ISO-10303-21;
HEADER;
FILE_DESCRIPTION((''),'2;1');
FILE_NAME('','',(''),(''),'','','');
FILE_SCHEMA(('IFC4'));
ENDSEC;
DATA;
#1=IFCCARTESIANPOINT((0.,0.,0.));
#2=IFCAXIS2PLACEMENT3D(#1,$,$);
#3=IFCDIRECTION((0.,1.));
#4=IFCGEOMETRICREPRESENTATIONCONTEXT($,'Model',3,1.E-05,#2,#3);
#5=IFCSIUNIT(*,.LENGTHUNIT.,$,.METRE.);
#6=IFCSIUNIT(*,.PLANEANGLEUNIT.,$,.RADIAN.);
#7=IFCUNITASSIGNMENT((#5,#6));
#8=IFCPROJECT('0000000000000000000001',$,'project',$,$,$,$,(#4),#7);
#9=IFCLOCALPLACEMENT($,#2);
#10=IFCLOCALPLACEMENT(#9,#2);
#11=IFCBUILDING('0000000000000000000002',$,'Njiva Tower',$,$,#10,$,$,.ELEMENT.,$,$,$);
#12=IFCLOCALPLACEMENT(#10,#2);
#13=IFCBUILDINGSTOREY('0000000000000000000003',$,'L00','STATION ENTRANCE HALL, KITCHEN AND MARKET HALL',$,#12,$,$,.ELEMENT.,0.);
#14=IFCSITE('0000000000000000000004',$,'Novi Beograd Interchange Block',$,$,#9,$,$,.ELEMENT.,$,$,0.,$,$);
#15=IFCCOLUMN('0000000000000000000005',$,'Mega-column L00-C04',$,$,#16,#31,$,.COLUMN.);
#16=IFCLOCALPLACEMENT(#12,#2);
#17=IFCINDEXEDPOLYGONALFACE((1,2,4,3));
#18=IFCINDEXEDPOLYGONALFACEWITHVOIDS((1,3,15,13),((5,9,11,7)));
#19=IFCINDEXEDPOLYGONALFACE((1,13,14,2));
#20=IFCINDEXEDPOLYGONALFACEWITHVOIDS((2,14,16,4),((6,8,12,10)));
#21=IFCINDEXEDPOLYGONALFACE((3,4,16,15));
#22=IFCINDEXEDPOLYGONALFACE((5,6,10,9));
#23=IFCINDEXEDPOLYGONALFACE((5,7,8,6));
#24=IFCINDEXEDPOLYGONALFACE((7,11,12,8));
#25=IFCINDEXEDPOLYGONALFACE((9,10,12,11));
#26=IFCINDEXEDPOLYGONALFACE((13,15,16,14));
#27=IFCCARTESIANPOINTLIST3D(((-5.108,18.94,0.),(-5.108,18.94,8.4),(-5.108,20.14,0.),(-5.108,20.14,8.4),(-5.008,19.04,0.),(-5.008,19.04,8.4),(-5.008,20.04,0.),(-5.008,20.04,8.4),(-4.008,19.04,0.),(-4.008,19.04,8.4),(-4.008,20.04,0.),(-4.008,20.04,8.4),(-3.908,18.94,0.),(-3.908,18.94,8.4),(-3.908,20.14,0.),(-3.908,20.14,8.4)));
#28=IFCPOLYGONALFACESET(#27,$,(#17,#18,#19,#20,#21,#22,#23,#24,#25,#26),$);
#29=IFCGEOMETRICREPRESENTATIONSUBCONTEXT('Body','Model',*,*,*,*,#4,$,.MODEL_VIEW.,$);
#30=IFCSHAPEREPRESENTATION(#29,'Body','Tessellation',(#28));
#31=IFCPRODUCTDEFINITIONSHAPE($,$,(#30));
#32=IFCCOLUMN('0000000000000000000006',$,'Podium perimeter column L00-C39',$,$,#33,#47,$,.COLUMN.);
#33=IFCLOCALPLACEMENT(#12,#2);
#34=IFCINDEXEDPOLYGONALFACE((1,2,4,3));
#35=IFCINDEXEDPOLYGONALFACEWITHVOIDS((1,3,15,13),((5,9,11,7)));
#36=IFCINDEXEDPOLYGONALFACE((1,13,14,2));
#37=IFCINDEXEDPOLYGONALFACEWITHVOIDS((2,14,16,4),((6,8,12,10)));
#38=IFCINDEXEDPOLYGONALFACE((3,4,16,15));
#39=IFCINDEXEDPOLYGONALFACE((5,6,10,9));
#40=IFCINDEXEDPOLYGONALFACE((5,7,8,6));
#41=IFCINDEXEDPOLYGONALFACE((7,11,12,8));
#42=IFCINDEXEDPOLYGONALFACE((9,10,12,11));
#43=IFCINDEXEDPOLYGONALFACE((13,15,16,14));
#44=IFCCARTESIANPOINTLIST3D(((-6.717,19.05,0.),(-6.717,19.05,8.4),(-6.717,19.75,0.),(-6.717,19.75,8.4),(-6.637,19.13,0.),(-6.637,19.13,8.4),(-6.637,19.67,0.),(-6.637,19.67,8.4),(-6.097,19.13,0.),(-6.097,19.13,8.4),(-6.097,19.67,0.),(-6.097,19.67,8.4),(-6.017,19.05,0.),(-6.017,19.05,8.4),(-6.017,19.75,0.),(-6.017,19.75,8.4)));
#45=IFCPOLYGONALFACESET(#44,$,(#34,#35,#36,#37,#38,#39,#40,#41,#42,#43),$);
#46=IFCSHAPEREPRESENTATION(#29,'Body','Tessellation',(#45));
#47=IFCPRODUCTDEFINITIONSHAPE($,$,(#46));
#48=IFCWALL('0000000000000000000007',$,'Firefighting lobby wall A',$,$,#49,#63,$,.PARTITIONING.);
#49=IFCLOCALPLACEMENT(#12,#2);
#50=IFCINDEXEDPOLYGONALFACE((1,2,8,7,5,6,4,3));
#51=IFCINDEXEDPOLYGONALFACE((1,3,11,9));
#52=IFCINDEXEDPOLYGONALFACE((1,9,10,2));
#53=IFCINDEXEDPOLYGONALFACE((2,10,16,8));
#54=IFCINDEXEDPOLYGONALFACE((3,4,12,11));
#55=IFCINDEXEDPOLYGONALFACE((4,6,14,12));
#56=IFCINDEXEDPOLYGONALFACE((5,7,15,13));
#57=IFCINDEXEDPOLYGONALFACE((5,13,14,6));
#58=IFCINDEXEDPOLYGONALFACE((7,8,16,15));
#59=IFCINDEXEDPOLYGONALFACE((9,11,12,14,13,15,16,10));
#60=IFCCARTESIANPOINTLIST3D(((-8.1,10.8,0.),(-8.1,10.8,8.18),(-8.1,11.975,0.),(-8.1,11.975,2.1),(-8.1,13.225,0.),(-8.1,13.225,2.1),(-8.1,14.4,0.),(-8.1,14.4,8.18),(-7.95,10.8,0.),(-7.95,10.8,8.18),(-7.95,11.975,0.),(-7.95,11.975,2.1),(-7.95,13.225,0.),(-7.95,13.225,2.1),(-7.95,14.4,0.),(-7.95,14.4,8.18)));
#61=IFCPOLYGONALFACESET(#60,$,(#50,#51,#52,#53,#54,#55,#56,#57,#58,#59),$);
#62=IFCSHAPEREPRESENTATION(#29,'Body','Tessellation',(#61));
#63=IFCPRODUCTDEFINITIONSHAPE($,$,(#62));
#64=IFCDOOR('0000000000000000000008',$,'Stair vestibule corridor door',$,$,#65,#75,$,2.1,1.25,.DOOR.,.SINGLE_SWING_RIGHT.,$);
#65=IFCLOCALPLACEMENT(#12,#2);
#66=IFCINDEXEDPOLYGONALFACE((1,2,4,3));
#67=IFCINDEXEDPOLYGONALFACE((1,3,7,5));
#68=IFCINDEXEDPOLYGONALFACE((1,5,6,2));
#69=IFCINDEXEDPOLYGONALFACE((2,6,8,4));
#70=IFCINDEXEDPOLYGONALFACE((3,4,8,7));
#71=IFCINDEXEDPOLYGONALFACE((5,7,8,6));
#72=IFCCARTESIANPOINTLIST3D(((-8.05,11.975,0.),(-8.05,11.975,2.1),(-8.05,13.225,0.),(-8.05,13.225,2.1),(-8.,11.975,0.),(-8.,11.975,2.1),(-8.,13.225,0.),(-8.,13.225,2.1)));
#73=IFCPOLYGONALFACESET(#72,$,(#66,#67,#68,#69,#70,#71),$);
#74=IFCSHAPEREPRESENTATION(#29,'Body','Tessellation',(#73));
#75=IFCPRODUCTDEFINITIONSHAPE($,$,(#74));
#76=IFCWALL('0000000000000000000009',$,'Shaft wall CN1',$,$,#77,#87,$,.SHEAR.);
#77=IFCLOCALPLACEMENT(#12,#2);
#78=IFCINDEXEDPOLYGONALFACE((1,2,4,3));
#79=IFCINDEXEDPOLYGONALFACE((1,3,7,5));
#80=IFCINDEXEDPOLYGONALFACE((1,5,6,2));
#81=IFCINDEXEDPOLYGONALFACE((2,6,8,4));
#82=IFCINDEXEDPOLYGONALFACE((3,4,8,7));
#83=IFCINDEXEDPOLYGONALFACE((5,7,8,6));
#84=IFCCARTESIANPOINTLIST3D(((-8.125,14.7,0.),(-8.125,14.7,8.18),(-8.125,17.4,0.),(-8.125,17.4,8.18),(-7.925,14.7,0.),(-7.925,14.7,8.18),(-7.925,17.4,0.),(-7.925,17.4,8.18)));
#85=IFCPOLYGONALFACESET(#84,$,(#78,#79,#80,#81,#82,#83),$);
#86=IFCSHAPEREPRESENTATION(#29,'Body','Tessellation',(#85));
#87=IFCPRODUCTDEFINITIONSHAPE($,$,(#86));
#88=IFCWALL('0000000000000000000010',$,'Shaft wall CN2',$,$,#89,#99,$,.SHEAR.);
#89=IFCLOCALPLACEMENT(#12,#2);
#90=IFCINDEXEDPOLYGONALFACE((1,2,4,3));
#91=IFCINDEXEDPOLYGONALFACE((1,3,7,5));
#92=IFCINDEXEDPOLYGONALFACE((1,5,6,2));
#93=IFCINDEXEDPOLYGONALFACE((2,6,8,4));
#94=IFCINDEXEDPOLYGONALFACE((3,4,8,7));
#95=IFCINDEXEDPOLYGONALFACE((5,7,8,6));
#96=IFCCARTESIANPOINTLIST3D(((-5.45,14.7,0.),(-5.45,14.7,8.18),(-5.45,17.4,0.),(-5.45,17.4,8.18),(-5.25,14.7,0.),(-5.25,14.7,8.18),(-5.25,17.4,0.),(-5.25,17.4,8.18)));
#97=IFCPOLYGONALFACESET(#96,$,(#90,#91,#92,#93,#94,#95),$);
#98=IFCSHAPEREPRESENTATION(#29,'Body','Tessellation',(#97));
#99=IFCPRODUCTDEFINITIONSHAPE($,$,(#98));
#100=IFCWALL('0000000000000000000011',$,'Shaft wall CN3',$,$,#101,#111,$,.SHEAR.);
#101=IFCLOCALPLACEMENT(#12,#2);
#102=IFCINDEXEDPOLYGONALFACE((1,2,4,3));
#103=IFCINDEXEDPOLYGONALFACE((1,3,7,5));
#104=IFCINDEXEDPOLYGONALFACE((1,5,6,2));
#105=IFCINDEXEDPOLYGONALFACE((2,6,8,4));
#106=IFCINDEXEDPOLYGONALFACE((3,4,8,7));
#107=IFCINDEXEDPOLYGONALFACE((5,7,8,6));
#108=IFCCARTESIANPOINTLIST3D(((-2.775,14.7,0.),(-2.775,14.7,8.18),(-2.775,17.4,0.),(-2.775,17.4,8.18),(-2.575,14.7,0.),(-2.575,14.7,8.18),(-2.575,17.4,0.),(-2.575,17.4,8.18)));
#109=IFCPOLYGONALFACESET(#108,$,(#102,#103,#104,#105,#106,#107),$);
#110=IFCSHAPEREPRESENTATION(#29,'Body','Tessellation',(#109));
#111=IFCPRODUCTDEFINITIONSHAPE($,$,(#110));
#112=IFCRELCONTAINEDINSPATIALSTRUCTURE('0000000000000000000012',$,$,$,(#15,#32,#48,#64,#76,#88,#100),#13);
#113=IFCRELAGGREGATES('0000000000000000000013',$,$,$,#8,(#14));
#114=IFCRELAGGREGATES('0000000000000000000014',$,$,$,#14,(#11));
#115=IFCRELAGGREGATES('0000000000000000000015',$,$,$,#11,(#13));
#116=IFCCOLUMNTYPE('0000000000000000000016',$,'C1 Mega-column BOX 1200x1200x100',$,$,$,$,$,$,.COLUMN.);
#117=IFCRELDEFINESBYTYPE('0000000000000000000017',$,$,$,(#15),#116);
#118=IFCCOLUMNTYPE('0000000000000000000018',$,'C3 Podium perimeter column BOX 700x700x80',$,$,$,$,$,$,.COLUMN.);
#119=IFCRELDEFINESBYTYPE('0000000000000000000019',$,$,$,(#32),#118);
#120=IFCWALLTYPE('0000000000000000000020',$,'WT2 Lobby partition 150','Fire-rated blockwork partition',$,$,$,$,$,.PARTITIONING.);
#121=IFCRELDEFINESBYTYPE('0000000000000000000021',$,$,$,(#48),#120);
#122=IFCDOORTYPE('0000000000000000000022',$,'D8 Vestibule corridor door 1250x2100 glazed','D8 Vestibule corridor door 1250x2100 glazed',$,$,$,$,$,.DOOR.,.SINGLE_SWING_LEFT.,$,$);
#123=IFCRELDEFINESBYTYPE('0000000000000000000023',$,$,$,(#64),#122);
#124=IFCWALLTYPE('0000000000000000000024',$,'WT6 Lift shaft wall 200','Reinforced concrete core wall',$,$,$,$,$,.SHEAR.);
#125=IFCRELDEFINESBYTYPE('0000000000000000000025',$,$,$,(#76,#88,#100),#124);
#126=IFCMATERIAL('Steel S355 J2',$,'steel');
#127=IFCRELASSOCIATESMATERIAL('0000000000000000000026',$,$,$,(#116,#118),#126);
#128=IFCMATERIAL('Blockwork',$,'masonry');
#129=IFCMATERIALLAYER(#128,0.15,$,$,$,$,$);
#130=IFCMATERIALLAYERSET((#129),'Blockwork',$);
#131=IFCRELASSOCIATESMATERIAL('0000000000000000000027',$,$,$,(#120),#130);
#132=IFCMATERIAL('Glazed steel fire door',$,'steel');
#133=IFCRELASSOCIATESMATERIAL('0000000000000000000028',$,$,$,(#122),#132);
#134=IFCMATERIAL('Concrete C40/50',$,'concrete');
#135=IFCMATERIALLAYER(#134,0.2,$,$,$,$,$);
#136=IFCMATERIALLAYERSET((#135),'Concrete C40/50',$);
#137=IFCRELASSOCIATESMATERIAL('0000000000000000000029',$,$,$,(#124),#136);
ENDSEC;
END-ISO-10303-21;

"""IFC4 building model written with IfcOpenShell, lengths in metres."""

from ifc_helpers import new_model, si_unit, direction, frame, frame_2d, origin, origin_2d, place, context, subcontext, project, spatial, rectangle, hollow_rectangle, extrude, material, layer, layer_set, material_profile, profile_set, type_object, element, fill, save


model = new_model("IFC4")

# Units and contexts
model_context = context("Model", 3, precision=1e-05, world=origin(), true_north=direction((0.0, 1.0)))
body_context = subcontext(model_context, "Body", "Model", "MODEL_VIEW")
ifc_project = project(units=[si_unit("LENGTHUNIT", "METRE"), si_unit("PLANEANGLEUNIT", "RADIAN")], contexts=[model_context])

# Site, building, storey
site_placement = place(None, origin())
site = spatial("IfcSite", under=ifc_project, at=site_placement, Name="Novi Beograd Interchange Block", CompositionType="ELEMENT", RefElevation=0.0)
building_placement = place(site_placement, origin())
building = spatial("IfcBuilding", under=site, at=building_placement, Name="Njiva Tower", CompositionType="ELEMENT")
storey_placement = place(building_placement, origin())
storey = spatial("IfcBuildingStorey", under=building, at=storey_placement, Name="L00", Description="STATION ENTRANCE HALL, KITCHEN AND MARKET HALL", CompositionType="ELEMENT", Elevation=0.0)

# Columns
ifc_material_1 = material(Name="Steel S355 J2", Category="steel")
ifc_material_profile_1 = material_profile(ifc_material_1, hollow_rectangle(XDim=1.2, YDim=1.2, WallThickness=0.1, at=origin_2d()), Name="BOX 1200x1200x100")
ifc_profile_set_1 = profile_set([ifc_material_profile_1], Name="Steel S355 J2")
column_type_1 = type_object("IfcColumnType", Name="C1 Mega-column BOX 1200x1200x100", PredefinedType="COLUMN", material=ifc_profile_set_1)
column_1_placement = place(storey_placement, frame((-4.508, 19.54, 0.0), z_axis=(0.0, 0.0, 1.0), x_axis=(-1.0, 0.0, 0.0)))
element("IfcColumn", 1, at=column_1_placement, inside=storey, type_object=column_type_1, Name="Mega-column L00-C04", PredefinedType="COLUMN", context=body_context, shape_type="SweptSolid", body=[
    extrude(hollow_rectangle(XDim=1.2, YDim=1.2, WallThickness=0.1, at=origin_2d()), origin(), (0.0, 0.0, 1.0), 8.4),
])
ifc_material_profile_2 = material_profile(ifc_material_1, hollow_rectangle(XDim=0.7, YDim=0.7, WallThickness=0.08, at=origin_2d()), Name="BOX 700x700x80")
ifc_profile_set_2 = profile_set([ifc_material_profile_2], Name="Steel S355 J2")
column_type_2 = type_object("IfcColumnType", Name="C3 Podium perimeter column BOX 700x700x80", PredefinedType="COLUMN", material=ifc_profile_set_2)
column_2_placement = place(storey_placement, frame((-6.367, 19.4, 0.0), z_axis=(0.0, 0.0, 1.0), x_axis=(-1.0, 0.0, 0.0)))
element("IfcColumn", 2, at=column_2_placement, inside=storey, type_object=column_type_2, Name="Podium perimeter column L00-C39", PredefinedType="COLUMN", context=body_context, shape_type="SweptSolid", body=[
    extrude(hollow_rectangle(XDim=0.7, YDim=0.7, WallThickness=0.08, at=origin_2d()), origin(), (0.0, 0.0, 1.0), 8.4),
])

# Wall, opening, door
ifc_material_2 = material(Name="Blockwork", Category="masonry")
ifc_layer_1 = layer(ifc_material_2, 0.15)
ifc_layer_set_1 = layer_set([ifc_layer_1], Name="Blockwork")
wall_type_1 = type_object("IfcWallType", Name="WT2 Lobby partition 150", Description="Fire-rated blockwork partition", PredefinedType="PARTITIONING", material=ifc_layer_set_1)
wall_1_placement = place(storey_placement, frame((-8.025, 10.8, 0.0), z_axis=(0.0, 0.0, 1.0), x_axis=(0.0, 1.0, 0.0)))
wall_1 = element("IfcWall", 3, at=wall_1_placement, inside=storey, type_object=wall_type_1, Name="Firefighting lobby wall A", PredefinedType="PARTITIONING", context=body_context, shape_type="SweptSolid", body=[
    extrude(rectangle(XDim=3.6, YDim=0.15, at=frame_2d((1.8, 0.0))), origin(), (0.0, 0.0, 1.0), 8.18),
])
opening_1_placement = place(wall_1_placement, frame((1.175, 0.0, 0.0)))
opening_1 = element("IfcOpeningElement", 4, at=opening_1_placement, cuts=wall_1, PredefinedType="OPENING", context=body_context, shape_type="SweptSolid", body=[
    extrude(rectangle(XDim=1.25, YDim=2.1, at=frame_2d((0.625, 1.05))), frame((0.0, 0.085, 0.0), z_axis=(0.0, -1.0, 0.0), x_axis=(1.0, 0.0, 0.0)), (0.0, 0.0, 1.0), 0.17),
])
ifc_material_3 = material(Name="Glazed steel fire door", Category="steel")
door_type_1 = type_object("IfcDoorType", Name="D8 Vestibule corridor door 1250x2100 glazed", Description="D8 Vestibule corridor door 1250x2100 glazed", OperationType="SINGLE_SWING_LEFT", PredefinedType="DOOR", material=ifc_material_3)
door_1_placement = place(opening_1_placement, origin())
door_1 = element("IfcDoor", 5, at=door_1_placement, inside=storey, type_object=door_type_1, Name="Stair vestibule corridor door", OperationType="SINGLE_SWING_RIGHT", OverallHeight=2.1, OverallWidth=1.25, PredefinedType="DOOR", context=body_context, shape_type="SweptSolid", body=[
    extrude(rectangle(XDim=1.25, YDim=2.1, at=frame_2d((0.625, 1.05))), frame((0.0, 0.025, 0.0), z_axis=(0.0, -1.0, 0.0), x_axis=(1.0, 0.0, 0.0)), (0.0, 0.0, 1.0), 0.05),
])
fill(opening_1, door_1)

# Walls
ifc_material_4 = material(Name="Concrete C40/50", Category="concrete")
ifc_layer_2 = layer(ifc_material_4, 0.2)
ifc_layer_set_2 = layer_set([ifc_layer_2], Name="Concrete C40/50")
wall_type_2 = type_object("IfcWallType", Name="WT6 Lift shaft wall 200", Description="Reinforced concrete core wall", PredefinedType="SHEAR", material=ifc_layer_set_2)
for number, where, z_axis, x_axis, name in (
    (6, (-8.025, 14.7, 0.0), (0.0, 0.0, 1.0), (0.0, 1.0, 0.0), "Shaft wall CN1"),
    (7, (-5.35, 14.7, 0.0), (0.0, 0.0, 1.0), (0.0, 1.0, 0.0), "Shaft wall CN2"),
    (8, (-2.675, 14.7, 0.0), (0.0, 0.0, 1.0), (0.0, 1.0, 0.0), "Shaft wall CN3"),
):
    element("IfcWall", number, at=place(storey_placement, frame(where, z_axis=z_axis, x_axis=x_axis)), inside=storey, type_object=wall_type_2, Name=name, PredefinedType="SHEAR", context=body_context, shape_type="SweptSolid", body=[
        extrude(rectangle(XDim=2.7, YDim=0.2, at=frame_2d((1.35, 0.0))), origin(), (0.0, 0.0, 1.0), 8.18),
    ])

save(model, "model.ifc")
